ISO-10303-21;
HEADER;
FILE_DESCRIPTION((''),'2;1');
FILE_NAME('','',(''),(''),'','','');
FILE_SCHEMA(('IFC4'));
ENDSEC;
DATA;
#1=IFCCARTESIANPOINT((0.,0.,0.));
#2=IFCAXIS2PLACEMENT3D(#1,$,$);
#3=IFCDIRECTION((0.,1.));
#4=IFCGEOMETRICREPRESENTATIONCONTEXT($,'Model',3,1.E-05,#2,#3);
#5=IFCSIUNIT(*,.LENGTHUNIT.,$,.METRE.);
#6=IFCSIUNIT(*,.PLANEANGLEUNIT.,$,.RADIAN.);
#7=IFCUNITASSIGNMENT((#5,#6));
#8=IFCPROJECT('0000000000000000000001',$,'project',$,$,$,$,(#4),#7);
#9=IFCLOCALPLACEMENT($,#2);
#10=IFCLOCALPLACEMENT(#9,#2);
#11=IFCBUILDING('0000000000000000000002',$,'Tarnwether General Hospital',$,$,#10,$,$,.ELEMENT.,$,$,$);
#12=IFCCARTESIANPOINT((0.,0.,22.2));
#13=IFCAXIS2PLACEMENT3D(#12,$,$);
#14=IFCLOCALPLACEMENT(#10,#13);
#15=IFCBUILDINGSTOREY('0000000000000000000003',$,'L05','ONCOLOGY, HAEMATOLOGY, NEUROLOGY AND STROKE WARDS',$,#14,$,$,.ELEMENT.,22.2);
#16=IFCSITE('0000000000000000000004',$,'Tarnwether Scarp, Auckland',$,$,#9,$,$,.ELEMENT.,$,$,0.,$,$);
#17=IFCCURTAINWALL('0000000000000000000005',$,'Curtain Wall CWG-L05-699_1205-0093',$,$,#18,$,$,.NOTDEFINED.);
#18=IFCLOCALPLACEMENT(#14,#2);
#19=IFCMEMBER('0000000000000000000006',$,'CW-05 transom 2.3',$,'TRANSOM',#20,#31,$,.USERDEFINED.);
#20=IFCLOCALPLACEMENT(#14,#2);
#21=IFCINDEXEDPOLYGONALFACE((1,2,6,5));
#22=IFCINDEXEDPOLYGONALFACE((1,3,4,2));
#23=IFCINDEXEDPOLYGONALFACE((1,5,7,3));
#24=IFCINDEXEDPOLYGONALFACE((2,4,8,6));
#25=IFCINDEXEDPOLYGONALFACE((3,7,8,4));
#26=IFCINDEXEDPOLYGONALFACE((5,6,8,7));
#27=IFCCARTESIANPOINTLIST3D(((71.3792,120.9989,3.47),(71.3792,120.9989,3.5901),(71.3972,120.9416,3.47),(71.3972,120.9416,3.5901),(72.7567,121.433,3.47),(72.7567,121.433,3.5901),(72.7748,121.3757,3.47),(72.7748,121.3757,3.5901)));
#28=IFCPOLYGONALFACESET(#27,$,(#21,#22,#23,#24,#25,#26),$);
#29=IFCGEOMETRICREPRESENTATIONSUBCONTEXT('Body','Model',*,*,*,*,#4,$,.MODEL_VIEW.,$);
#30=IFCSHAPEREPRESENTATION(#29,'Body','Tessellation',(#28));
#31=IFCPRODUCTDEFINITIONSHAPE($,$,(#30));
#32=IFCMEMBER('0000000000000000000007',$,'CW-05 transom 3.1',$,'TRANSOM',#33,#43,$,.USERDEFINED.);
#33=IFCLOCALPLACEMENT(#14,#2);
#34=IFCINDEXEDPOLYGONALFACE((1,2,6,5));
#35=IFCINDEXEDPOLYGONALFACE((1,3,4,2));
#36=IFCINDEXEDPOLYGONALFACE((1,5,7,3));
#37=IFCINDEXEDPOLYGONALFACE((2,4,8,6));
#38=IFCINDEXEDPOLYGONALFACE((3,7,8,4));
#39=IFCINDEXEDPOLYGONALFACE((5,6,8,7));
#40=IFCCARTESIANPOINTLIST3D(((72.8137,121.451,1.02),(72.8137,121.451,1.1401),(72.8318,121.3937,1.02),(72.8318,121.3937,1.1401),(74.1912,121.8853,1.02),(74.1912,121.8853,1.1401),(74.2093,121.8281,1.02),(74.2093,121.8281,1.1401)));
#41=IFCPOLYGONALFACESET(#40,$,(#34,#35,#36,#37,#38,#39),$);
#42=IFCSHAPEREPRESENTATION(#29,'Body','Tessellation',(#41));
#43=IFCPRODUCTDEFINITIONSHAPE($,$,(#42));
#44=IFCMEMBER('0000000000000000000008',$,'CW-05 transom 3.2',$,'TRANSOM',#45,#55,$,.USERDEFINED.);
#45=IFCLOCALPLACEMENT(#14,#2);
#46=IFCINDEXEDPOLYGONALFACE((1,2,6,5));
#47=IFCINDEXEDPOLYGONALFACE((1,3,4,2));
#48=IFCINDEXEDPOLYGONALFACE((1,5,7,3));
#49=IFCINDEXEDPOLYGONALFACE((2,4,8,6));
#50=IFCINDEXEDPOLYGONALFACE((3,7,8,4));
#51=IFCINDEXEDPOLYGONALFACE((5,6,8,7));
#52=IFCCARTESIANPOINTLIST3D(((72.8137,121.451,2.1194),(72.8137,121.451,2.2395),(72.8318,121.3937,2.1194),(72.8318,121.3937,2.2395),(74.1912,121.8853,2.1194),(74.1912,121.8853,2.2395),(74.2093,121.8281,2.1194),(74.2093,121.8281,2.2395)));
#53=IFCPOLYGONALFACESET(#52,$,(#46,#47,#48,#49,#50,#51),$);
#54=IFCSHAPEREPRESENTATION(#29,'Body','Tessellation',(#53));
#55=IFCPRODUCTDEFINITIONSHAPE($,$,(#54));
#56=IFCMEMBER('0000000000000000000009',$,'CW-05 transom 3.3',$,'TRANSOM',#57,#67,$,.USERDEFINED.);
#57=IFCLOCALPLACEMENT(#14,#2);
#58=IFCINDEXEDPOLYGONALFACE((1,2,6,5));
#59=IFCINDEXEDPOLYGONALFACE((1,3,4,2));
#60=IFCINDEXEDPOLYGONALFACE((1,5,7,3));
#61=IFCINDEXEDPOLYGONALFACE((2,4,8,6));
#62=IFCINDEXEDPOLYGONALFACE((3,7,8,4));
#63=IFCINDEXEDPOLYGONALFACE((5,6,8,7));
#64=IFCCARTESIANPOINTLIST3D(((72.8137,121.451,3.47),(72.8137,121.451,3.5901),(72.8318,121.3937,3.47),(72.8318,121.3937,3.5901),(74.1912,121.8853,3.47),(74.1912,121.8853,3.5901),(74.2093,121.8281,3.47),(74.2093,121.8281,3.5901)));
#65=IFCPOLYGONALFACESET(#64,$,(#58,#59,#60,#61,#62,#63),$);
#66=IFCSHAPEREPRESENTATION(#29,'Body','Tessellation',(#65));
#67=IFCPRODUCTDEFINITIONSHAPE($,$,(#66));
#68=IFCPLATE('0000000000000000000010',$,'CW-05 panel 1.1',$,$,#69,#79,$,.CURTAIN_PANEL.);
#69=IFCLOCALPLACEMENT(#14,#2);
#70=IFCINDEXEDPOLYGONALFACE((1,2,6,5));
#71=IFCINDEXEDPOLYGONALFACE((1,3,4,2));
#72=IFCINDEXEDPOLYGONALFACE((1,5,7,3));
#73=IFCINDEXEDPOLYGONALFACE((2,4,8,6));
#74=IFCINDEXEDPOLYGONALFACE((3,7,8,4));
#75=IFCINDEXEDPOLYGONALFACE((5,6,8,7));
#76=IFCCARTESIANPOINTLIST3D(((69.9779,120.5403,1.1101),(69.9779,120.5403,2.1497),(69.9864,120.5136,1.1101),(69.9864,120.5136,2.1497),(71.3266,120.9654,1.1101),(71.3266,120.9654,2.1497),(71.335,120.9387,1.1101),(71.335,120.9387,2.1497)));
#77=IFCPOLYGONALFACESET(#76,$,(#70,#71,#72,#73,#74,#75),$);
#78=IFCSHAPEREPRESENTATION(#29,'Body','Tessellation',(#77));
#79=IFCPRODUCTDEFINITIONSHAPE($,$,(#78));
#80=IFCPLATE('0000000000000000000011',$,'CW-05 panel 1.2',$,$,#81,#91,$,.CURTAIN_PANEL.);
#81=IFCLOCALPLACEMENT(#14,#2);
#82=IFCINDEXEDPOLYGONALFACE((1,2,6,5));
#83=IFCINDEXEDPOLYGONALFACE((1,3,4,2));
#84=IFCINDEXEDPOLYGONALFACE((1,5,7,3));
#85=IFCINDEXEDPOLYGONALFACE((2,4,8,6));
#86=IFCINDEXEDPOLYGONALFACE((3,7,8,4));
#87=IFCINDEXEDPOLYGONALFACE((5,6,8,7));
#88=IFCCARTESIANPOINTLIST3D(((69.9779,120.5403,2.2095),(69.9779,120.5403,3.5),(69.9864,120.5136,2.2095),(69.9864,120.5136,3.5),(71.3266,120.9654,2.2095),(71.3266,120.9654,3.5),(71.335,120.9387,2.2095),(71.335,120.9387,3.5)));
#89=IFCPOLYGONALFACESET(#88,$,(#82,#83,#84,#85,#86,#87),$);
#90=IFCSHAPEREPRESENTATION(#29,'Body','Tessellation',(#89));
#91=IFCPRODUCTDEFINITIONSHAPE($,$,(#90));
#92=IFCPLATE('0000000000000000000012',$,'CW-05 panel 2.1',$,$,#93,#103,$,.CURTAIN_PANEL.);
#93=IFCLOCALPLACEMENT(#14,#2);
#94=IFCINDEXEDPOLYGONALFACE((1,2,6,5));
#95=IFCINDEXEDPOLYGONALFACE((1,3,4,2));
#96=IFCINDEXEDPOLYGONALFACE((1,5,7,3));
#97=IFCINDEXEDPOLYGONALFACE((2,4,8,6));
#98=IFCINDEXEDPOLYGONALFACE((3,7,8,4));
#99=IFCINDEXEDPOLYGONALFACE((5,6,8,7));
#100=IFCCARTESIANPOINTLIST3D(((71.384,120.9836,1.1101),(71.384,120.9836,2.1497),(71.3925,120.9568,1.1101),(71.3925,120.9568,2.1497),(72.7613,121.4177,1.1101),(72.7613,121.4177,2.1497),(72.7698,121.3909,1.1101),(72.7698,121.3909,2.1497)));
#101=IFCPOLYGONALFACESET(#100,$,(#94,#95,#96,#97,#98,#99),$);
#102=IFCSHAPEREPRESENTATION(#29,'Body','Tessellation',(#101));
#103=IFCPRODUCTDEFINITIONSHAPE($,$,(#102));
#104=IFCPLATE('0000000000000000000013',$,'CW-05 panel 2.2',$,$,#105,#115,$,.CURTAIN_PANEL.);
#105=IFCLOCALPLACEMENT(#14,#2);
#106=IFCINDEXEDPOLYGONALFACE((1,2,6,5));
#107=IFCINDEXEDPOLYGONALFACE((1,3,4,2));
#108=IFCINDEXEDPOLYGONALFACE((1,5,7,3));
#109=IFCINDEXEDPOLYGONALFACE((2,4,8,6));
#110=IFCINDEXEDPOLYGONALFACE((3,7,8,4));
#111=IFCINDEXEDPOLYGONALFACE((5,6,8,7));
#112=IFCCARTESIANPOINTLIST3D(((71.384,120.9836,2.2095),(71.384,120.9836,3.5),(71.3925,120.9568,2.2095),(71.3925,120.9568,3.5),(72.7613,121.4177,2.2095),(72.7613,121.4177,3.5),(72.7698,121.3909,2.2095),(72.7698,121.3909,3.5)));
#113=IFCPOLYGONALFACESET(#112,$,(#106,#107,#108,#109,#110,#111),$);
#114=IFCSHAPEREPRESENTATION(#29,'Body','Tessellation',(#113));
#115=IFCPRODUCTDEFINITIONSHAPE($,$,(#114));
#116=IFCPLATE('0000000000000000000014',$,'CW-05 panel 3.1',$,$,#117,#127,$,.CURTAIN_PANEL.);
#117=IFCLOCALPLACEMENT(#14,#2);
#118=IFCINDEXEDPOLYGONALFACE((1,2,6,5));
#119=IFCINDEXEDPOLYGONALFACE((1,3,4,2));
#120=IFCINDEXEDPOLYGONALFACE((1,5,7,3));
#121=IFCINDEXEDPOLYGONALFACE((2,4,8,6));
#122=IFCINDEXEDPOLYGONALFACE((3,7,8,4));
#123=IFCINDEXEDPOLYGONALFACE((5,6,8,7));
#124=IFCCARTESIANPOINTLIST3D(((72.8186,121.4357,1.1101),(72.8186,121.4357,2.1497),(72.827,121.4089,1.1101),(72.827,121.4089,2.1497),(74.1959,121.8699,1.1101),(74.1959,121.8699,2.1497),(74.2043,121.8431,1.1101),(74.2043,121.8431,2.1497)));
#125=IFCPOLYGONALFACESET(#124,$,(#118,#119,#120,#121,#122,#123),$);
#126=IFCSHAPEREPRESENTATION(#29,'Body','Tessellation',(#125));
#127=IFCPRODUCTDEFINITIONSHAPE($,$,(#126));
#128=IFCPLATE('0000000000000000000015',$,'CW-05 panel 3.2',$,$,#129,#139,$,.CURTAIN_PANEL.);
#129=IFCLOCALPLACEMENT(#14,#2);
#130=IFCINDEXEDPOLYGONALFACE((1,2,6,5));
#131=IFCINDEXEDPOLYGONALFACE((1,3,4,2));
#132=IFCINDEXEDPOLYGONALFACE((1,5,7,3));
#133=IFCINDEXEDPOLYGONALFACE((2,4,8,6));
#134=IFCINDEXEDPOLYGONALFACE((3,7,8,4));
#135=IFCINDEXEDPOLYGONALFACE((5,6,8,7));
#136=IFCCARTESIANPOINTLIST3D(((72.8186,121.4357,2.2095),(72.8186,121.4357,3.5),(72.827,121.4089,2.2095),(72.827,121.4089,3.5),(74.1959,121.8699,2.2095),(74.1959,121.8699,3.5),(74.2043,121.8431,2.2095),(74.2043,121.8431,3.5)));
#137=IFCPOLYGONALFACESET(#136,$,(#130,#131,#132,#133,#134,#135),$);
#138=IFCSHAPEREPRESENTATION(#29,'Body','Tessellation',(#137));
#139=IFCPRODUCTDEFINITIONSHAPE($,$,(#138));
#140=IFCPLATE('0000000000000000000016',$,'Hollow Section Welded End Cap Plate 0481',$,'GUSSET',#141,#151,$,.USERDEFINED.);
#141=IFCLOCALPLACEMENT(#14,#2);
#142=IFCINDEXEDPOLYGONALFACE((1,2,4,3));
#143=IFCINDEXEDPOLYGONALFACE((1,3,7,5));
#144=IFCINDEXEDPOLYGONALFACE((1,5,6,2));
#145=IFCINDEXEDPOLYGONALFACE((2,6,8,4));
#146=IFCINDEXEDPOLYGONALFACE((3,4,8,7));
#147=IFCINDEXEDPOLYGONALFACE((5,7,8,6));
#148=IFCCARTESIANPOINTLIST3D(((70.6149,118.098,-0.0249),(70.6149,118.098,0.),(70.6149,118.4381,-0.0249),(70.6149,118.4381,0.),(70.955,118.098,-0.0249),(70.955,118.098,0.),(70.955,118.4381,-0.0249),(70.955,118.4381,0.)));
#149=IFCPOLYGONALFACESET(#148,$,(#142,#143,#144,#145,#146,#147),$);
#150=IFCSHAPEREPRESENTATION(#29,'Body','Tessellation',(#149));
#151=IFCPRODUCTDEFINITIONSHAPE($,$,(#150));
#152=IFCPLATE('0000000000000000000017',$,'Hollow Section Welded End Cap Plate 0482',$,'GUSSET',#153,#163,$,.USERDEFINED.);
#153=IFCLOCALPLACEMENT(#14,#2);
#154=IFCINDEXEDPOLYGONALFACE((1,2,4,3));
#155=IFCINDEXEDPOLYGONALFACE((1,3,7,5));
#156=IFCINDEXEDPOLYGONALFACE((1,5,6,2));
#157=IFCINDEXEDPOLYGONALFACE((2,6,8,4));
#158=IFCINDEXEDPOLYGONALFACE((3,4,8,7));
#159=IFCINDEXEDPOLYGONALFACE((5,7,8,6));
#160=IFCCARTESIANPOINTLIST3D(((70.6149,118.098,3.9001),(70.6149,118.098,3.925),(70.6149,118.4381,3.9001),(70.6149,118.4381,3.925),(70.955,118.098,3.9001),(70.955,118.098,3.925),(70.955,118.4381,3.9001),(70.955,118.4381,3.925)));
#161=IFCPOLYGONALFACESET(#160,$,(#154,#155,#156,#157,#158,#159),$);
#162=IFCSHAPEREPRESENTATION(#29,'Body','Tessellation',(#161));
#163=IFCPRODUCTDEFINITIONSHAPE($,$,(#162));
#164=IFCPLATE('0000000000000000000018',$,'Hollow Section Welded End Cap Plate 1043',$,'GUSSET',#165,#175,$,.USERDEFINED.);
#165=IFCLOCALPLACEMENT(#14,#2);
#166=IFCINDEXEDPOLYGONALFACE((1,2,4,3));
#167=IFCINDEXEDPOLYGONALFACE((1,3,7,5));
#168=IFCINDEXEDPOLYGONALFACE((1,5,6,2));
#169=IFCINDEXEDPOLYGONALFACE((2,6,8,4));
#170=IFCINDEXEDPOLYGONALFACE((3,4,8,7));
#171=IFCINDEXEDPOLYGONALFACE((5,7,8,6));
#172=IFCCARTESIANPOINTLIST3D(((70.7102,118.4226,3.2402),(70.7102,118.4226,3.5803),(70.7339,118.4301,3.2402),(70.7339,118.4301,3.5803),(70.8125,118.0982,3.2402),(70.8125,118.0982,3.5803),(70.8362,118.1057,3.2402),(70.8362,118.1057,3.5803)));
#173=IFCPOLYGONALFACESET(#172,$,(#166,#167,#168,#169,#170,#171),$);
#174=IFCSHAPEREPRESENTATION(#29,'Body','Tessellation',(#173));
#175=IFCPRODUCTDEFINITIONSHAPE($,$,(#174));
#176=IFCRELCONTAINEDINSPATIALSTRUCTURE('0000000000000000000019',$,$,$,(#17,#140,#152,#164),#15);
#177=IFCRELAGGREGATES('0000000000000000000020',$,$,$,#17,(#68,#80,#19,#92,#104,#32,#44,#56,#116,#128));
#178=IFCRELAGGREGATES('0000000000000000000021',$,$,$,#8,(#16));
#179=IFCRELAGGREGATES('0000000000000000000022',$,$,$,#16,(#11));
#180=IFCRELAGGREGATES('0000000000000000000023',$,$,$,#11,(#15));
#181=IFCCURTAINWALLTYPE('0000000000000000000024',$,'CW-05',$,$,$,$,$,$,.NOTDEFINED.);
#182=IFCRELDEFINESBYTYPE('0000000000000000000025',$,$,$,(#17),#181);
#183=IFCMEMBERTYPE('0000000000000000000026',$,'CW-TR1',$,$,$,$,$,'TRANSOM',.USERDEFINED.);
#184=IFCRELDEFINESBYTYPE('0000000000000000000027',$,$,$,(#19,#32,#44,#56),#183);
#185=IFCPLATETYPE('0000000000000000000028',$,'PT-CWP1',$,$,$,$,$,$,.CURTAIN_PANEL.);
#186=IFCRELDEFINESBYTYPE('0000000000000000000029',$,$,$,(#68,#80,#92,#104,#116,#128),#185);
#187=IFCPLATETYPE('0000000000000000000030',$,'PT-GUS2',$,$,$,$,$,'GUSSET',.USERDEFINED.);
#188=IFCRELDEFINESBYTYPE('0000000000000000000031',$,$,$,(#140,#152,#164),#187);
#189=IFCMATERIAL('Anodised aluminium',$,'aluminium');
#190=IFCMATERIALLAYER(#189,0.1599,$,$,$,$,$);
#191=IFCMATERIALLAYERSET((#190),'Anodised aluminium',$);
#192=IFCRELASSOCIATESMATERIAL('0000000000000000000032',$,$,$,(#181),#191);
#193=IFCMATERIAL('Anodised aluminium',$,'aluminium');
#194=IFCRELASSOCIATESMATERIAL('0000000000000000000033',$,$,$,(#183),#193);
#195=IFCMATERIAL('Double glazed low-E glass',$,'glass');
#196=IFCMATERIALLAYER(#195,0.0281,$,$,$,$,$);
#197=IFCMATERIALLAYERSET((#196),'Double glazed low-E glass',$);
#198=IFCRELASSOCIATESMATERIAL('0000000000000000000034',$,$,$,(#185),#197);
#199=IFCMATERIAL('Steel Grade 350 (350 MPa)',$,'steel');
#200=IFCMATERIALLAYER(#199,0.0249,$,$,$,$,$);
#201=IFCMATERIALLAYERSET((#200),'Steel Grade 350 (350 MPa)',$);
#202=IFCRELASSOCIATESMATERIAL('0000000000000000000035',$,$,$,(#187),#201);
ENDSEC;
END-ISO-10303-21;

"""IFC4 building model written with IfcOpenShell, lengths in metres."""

from ifc_helpers import new_model, si_unit, direction, frame, origin, origin_2d, place, context, subcontext, project, spatial, rectangle, extrude, material, layer, layer_set, material_profile, profile_set, type_object, element, aggregate, save


model = new_model("IFC4")

# Units and contexts
model_context = context("Model", 3, precision=1e-05, world=origin(), true_north=direction((0.0, 1.0)))
body_context = subcontext(model_context, "Body", "Model", "MODEL_VIEW")
ifc_project = project(units=[si_unit("LENGTHUNIT", "METRE"), si_unit("PLANEANGLEUNIT", "RADIAN")], contexts=[model_context])

# Site, building, storey
site_placement = place(None, origin())
site = spatial("IfcSite", under=ifc_project, at=site_placement, Name="Tarnwether Scarp, Auckland", CompositionType="ELEMENT", RefElevation=0.0)
building_placement = place(site_placement, origin())
building = spatial("IfcBuilding", under=site, at=building_placement, Name="Tarnwether General Hospital", CompositionType="ELEMENT")
storey_placement = place(building_placement, frame((0.0, 0.0, 22.2)))
storey = spatial("IfcBuildingStorey", under=building, at=storey_placement, Name="L05", Description="ONCOLOGY, HAEMATOLOGY, NEUROLOGY AND STROKE WARDS", CompositionType="ELEMENT", Elevation=22.2)

# Curtain wall, members, plates
ifc_material_1 = material(Name="Anodised aluminium", Category="aluminium")
ifc_layer_1 = layer(ifc_material_1, 0.1599)
ifc_layer_set_1 = layer_set([ifc_layer_1], Name="Anodised aluminium")
curtain_wall_type = type_object("IfcCurtainWallType", Name="CW-05", PredefinedType="NOTDEFINED", material=ifc_layer_set_1)
curtain_wall_placement = place(storey_placement, origin())
curtain_wall = element("IfcCurtainWall", 1, at=curtain_wall_placement, inside=storey, type_object=curtain_wall_type, Name="Curtain Wall CWG-L05-699_1205-0093", PredefinedType="NOTDEFINED")
ifc_material_2 = material(Name="Anodised aluminium", Category="aluminium")
ifc_material_profile_1 = material_profile(ifc_material_2, rectangle(XDim=0.0601, YDim=0.1201, at=origin_2d()), Name="ALU-TRN-60x120")
ifc_profile_set_1 = profile_set([ifc_material_profile_1], Name="Anodised aluminium")
member_type_1 = type_object("IfcMemberType", Name="CW-TR1", ElementType="TRANSOM", PredefinedType="USERDEFINED", material=ifc_profile_set_1)
member_1_placement = place(storey_placement, frame((71.3882, 120.9702, 3.53), z_axis=(0.953761, 0.300565, 0.0), x_axis=(-0.300565, 0.953761, 0.0)))
member_1 = element("IfcMember", 2, at=member_1_placement, type_object=member_type_1, Name="CW-05 transom 2.3", ObjectType="TRANSOM", PredefinedType="USERDEFINED", context=body_context, shape_type="SweptSolid", body=[
    extrude(rectangle(XDim=0.0601, YDim=0.1201, at=origin_2d()), origin(), (0.0, 0.0, 1.0), 1.4443),
])
member_2_placement = place(storey_placement, frame((72.8228, 121.4224, 1.0801), z_axis=(0.953713, 0.300719, 0.0), x_axis=(-0.300719, 0.953713, 0.0)))
member_2 = element("IfcMember", 3, at=member_2_placement, type_object=member_type_1, Name="CW-05 transom 3.1", ObjectType="TRANSOM", PredefinedType="USERDEFINED", context=body_context, shape_type="SweptSolid", body=[
    extrude(rectangle(XDim=0.0601, YDim=0.1201, at=origin_2d()), origin(), (0.0, 0.0, 1.0), 1.4443),
])
member_3_placement = place(storey_placement, frame((72.8228, 121.4224, 2.1794), z_axis=(0.953713, 0.300719, 0.0), x_axis=(-0.300719, 0.953713, 0.0)))
member_3 = element("IfcMember", 4, at=member_3_placement, type_object=member_type_1, Name="CW-05 transom 3.2", ObjectType="TRANSOM", PredefinedType="USERDEFINED", context=body_context, shape_type="SweptSolid", body=[
    extrude(rectangle(XDim=0.0601, YDim=0.1201, at=origin_2d()), origin(), (0.0, 0.0, 1.0), 1.4443),
])
member_4_placement = place(storey_placement, frame((72.8228, 121.4224, 3.53), z_axis=(0.953713, 0.300719, 0.0), x_axis=(-0.300719, 0.953713, 0.0)))
member_4 = element("IfcMember", 5, at=member_4_placement, type_object=member_type_1, Name="CW-05 transom 3.3", ObjectType="TRANSOM", PredefinedType="USERDEFINED", context=body_context, shape_type="SweptSolid", body=[
    extrude(rectangle(XDim=0.0601, YDim=0.1201, at=origin_2d()), origin(), (0.0, 0.0, 1.0), 1.4443),
])
ifc_material_3 = material(Name="Double glazed low-E glass", Category="glass")
ifc_layer_2 = layer(ifc_material_3, 0.0281)
ifc_layer_set_2 = layer_set([ifc_layer_2], Name="Double glazed low-E glass")
plate_type_1 = type_object("IfcPlateType", Name="PT-CWP1", PredefinedType="CURTAIN_PANEL", material=ifc_layer_set_2)
plate_1_placement = place(storey_placement, frame((70.6565, 120.7395, 1.1101), z_axis=(0.0, 0.0, 1.0), x_axis=(0.953741, 0.300629, 0.0)))
plate_1 = element("IfcPlate", 6, at=plate_1_placement, type_object=plate_type_1, Name="CW-05 panel 1.1", PredefinedType="CURTAIN_PANEL", context=body_context, shape_type="SweptSolid", body=[
    extrude(rectangle(XDim=1.4141, YDim=0.0281, at=origin_2d()), origin(), (0.0, 0.0, 1.0), 1.0396),
])
plate_2_placement = place(storey_placement, frame((70.6565, 120.7395, 2.2095), z_axis=(0.0, 0.0, 1.0), x_axis=(0.953741, 0.300629, 0.0)))
plate_2 = element("IfcPlate", 7, at=plate_2_placement, type_object=plate_type_1, Name="CW-05 panel 1.2", PredefinedType="CURTAIN_PANEL", context=body_context, shape_type="SweptSolid", body=[
    extrude(rectangle(XDim=1.4141, YDim=0.0281, at=origin_2d()), origin(), (0.0, 0.0, 1.0), 1.2905),
])
plate_3_placement = place(storey_placement, frame((72.0769, 121.1873, 1.1101), z_axis=(0.0, 0.0, 1.0), x_axis=(0.953741, 0.300629, 0.0)))
plate_3 = element("IfcPlate", 8, at=plate_3_placement, type_object=plate_type_1, Name="CW-05 panel 2.1", PredefinedType="CURTAIN_PANEL", context=body_context, shape_type="SweptSolid", body=[
    extrude(rectangle(XDim=1.4441, YDim=0.0281, at=origin_2d()), origin(), (0.0, 0.0, 1.0), 1.0396),
])
plate_4_placement = place(storey_placement, frame((72.0769, 121.1873, 2.2095), z_axis=(0.0, 0.0, 1.0), x_axis=(0.953741, 0.300629, 0.0)))
plate_4 = element("IfcPlate", 9, at=plate_4_placement, type_object=plate_type_1, Name="CW-05 panel 2.2", PredefinedType="CURTAIN_PANEL", context=body_context, shape_type="SweptSolid", body=[
    extrude(rectangle(XDim=1.4441, YDim=0.0281, at=origin_2d()), origin(), (0.0, 0.0, 1.0), 1.2905),
])
plate_5_placement = place(storey_placement, frame((73.5115, 121.6394, 1.1101), z_axis=(0.0, 0.0, 1.0), x_axis=(0.953741, 0.300629, 0.0)))
plate_5 = element("IfcPlate", 10, at=plate_5_placement, type_object=plate_type_1, Name="CW-05 panel 3.1", PredefinedType="CURTAIN_PANEL", context=body_context, shape_type="SweptSolid", body=[
    extrude(rectangle(XDim=1.4441, YDim=0.0281, at=origin_2d()), origin(), (0.0, 0.0, 1.0), 1.0396),
])
plate_6_placement = place(storey_placement, frame((73.5115, 121.6394, 2.2095), z_axis=(0.0, 0.0, 1.0), x_axis=(0.953741, 0.300629, 0.0)))
plate_6 = element("IfcPlate", 11, at=plate_6_placement, type_object=plate_type_1, Name="CW-05 panel 3.2", PredefinedType="CURTAIN_PANEL", context=body_context, shape_type="SweptSolid", body=[
    extrude(rectangle(XDim=1.4441, YDim=0.0281, at=origin_2d()), origin(), (0.0, 0.0, 1.0), 1.2905),
])
aggregate(curtain_wall, [plate_1, plate_2, member_1, plate_3, plate_4, member_2, member_3, member_4, plate_5, plate_6])

# Plates
ifc_material_4 = material(Name="Steel Grade 350 (350 MPa)", Category="steel")
ifc_layer_3 = layer(ifc_material_4, 0.0249)
ifc_layer_set_3 = layer_set([ifc_layer_3], Name="Steel Grade 350 (350 MPa)")
plate_type_2 = type_object("IfcPlateType", Name="PT-GUS2", ElementType="GUSSET", PredefinedType="USERDEFINED", material=ifc_layer_set_3)
for number, where, z_axis, x_axis, name in (
    (12, (70.7849, 118.2681, -0.0249), (0.0, 0.0, 1.0), (1.0, 0.0, 0.0), "Hollow Section Welded End Cap Plate 0481"),
    (13, (70.7849, 118.2681, 3.9001), (0.0, 0.0, 1.0), (1.0, 0.0, 0.0), "Hollow Section Welded End Cap Plate 0482"),
):
    element("IfcPlate", number, at=place(storey_placement, frame(where, z_axis=z_axis, x_axis=x_axis)), inside=storey, type_object=plate_type_2, Name=name, ObjectType="GUSSET", PredefinedType="USERDEFINED", context=body_context, shape_type="SweptSolid", body=[
        extrude(rectangle(XDim=0.3401, YDim=0.3401, at=origin_2d()), origin(), (0.0, 0.0, 1.0), 0.0249),
    ])
plate_7_placement = place(storey_placement, frame((70.7732, 118.2642, 3.2402), z_axis=(0.0, 0.0, 1.0), x_axis=(0.953691, 0.300789, 0.0)))
element("IfcPlate", 14, at=plate_7_placement, inside=storey, type_object=plate_type_2, Name="Hollow Section Welded End Cap Plate 1043", ObjectType="GUSSET", PredefinedType="USERDEFINED", context=body_context, shape_type="SweptSolid", body=[
    extrude(rectangle(XDim=0.0249, YDim=0.3401, at=origin_2d()), origin(), (0.0, 0.0, 1.0), 0.3401),
])

save(model, "model.ifc")
